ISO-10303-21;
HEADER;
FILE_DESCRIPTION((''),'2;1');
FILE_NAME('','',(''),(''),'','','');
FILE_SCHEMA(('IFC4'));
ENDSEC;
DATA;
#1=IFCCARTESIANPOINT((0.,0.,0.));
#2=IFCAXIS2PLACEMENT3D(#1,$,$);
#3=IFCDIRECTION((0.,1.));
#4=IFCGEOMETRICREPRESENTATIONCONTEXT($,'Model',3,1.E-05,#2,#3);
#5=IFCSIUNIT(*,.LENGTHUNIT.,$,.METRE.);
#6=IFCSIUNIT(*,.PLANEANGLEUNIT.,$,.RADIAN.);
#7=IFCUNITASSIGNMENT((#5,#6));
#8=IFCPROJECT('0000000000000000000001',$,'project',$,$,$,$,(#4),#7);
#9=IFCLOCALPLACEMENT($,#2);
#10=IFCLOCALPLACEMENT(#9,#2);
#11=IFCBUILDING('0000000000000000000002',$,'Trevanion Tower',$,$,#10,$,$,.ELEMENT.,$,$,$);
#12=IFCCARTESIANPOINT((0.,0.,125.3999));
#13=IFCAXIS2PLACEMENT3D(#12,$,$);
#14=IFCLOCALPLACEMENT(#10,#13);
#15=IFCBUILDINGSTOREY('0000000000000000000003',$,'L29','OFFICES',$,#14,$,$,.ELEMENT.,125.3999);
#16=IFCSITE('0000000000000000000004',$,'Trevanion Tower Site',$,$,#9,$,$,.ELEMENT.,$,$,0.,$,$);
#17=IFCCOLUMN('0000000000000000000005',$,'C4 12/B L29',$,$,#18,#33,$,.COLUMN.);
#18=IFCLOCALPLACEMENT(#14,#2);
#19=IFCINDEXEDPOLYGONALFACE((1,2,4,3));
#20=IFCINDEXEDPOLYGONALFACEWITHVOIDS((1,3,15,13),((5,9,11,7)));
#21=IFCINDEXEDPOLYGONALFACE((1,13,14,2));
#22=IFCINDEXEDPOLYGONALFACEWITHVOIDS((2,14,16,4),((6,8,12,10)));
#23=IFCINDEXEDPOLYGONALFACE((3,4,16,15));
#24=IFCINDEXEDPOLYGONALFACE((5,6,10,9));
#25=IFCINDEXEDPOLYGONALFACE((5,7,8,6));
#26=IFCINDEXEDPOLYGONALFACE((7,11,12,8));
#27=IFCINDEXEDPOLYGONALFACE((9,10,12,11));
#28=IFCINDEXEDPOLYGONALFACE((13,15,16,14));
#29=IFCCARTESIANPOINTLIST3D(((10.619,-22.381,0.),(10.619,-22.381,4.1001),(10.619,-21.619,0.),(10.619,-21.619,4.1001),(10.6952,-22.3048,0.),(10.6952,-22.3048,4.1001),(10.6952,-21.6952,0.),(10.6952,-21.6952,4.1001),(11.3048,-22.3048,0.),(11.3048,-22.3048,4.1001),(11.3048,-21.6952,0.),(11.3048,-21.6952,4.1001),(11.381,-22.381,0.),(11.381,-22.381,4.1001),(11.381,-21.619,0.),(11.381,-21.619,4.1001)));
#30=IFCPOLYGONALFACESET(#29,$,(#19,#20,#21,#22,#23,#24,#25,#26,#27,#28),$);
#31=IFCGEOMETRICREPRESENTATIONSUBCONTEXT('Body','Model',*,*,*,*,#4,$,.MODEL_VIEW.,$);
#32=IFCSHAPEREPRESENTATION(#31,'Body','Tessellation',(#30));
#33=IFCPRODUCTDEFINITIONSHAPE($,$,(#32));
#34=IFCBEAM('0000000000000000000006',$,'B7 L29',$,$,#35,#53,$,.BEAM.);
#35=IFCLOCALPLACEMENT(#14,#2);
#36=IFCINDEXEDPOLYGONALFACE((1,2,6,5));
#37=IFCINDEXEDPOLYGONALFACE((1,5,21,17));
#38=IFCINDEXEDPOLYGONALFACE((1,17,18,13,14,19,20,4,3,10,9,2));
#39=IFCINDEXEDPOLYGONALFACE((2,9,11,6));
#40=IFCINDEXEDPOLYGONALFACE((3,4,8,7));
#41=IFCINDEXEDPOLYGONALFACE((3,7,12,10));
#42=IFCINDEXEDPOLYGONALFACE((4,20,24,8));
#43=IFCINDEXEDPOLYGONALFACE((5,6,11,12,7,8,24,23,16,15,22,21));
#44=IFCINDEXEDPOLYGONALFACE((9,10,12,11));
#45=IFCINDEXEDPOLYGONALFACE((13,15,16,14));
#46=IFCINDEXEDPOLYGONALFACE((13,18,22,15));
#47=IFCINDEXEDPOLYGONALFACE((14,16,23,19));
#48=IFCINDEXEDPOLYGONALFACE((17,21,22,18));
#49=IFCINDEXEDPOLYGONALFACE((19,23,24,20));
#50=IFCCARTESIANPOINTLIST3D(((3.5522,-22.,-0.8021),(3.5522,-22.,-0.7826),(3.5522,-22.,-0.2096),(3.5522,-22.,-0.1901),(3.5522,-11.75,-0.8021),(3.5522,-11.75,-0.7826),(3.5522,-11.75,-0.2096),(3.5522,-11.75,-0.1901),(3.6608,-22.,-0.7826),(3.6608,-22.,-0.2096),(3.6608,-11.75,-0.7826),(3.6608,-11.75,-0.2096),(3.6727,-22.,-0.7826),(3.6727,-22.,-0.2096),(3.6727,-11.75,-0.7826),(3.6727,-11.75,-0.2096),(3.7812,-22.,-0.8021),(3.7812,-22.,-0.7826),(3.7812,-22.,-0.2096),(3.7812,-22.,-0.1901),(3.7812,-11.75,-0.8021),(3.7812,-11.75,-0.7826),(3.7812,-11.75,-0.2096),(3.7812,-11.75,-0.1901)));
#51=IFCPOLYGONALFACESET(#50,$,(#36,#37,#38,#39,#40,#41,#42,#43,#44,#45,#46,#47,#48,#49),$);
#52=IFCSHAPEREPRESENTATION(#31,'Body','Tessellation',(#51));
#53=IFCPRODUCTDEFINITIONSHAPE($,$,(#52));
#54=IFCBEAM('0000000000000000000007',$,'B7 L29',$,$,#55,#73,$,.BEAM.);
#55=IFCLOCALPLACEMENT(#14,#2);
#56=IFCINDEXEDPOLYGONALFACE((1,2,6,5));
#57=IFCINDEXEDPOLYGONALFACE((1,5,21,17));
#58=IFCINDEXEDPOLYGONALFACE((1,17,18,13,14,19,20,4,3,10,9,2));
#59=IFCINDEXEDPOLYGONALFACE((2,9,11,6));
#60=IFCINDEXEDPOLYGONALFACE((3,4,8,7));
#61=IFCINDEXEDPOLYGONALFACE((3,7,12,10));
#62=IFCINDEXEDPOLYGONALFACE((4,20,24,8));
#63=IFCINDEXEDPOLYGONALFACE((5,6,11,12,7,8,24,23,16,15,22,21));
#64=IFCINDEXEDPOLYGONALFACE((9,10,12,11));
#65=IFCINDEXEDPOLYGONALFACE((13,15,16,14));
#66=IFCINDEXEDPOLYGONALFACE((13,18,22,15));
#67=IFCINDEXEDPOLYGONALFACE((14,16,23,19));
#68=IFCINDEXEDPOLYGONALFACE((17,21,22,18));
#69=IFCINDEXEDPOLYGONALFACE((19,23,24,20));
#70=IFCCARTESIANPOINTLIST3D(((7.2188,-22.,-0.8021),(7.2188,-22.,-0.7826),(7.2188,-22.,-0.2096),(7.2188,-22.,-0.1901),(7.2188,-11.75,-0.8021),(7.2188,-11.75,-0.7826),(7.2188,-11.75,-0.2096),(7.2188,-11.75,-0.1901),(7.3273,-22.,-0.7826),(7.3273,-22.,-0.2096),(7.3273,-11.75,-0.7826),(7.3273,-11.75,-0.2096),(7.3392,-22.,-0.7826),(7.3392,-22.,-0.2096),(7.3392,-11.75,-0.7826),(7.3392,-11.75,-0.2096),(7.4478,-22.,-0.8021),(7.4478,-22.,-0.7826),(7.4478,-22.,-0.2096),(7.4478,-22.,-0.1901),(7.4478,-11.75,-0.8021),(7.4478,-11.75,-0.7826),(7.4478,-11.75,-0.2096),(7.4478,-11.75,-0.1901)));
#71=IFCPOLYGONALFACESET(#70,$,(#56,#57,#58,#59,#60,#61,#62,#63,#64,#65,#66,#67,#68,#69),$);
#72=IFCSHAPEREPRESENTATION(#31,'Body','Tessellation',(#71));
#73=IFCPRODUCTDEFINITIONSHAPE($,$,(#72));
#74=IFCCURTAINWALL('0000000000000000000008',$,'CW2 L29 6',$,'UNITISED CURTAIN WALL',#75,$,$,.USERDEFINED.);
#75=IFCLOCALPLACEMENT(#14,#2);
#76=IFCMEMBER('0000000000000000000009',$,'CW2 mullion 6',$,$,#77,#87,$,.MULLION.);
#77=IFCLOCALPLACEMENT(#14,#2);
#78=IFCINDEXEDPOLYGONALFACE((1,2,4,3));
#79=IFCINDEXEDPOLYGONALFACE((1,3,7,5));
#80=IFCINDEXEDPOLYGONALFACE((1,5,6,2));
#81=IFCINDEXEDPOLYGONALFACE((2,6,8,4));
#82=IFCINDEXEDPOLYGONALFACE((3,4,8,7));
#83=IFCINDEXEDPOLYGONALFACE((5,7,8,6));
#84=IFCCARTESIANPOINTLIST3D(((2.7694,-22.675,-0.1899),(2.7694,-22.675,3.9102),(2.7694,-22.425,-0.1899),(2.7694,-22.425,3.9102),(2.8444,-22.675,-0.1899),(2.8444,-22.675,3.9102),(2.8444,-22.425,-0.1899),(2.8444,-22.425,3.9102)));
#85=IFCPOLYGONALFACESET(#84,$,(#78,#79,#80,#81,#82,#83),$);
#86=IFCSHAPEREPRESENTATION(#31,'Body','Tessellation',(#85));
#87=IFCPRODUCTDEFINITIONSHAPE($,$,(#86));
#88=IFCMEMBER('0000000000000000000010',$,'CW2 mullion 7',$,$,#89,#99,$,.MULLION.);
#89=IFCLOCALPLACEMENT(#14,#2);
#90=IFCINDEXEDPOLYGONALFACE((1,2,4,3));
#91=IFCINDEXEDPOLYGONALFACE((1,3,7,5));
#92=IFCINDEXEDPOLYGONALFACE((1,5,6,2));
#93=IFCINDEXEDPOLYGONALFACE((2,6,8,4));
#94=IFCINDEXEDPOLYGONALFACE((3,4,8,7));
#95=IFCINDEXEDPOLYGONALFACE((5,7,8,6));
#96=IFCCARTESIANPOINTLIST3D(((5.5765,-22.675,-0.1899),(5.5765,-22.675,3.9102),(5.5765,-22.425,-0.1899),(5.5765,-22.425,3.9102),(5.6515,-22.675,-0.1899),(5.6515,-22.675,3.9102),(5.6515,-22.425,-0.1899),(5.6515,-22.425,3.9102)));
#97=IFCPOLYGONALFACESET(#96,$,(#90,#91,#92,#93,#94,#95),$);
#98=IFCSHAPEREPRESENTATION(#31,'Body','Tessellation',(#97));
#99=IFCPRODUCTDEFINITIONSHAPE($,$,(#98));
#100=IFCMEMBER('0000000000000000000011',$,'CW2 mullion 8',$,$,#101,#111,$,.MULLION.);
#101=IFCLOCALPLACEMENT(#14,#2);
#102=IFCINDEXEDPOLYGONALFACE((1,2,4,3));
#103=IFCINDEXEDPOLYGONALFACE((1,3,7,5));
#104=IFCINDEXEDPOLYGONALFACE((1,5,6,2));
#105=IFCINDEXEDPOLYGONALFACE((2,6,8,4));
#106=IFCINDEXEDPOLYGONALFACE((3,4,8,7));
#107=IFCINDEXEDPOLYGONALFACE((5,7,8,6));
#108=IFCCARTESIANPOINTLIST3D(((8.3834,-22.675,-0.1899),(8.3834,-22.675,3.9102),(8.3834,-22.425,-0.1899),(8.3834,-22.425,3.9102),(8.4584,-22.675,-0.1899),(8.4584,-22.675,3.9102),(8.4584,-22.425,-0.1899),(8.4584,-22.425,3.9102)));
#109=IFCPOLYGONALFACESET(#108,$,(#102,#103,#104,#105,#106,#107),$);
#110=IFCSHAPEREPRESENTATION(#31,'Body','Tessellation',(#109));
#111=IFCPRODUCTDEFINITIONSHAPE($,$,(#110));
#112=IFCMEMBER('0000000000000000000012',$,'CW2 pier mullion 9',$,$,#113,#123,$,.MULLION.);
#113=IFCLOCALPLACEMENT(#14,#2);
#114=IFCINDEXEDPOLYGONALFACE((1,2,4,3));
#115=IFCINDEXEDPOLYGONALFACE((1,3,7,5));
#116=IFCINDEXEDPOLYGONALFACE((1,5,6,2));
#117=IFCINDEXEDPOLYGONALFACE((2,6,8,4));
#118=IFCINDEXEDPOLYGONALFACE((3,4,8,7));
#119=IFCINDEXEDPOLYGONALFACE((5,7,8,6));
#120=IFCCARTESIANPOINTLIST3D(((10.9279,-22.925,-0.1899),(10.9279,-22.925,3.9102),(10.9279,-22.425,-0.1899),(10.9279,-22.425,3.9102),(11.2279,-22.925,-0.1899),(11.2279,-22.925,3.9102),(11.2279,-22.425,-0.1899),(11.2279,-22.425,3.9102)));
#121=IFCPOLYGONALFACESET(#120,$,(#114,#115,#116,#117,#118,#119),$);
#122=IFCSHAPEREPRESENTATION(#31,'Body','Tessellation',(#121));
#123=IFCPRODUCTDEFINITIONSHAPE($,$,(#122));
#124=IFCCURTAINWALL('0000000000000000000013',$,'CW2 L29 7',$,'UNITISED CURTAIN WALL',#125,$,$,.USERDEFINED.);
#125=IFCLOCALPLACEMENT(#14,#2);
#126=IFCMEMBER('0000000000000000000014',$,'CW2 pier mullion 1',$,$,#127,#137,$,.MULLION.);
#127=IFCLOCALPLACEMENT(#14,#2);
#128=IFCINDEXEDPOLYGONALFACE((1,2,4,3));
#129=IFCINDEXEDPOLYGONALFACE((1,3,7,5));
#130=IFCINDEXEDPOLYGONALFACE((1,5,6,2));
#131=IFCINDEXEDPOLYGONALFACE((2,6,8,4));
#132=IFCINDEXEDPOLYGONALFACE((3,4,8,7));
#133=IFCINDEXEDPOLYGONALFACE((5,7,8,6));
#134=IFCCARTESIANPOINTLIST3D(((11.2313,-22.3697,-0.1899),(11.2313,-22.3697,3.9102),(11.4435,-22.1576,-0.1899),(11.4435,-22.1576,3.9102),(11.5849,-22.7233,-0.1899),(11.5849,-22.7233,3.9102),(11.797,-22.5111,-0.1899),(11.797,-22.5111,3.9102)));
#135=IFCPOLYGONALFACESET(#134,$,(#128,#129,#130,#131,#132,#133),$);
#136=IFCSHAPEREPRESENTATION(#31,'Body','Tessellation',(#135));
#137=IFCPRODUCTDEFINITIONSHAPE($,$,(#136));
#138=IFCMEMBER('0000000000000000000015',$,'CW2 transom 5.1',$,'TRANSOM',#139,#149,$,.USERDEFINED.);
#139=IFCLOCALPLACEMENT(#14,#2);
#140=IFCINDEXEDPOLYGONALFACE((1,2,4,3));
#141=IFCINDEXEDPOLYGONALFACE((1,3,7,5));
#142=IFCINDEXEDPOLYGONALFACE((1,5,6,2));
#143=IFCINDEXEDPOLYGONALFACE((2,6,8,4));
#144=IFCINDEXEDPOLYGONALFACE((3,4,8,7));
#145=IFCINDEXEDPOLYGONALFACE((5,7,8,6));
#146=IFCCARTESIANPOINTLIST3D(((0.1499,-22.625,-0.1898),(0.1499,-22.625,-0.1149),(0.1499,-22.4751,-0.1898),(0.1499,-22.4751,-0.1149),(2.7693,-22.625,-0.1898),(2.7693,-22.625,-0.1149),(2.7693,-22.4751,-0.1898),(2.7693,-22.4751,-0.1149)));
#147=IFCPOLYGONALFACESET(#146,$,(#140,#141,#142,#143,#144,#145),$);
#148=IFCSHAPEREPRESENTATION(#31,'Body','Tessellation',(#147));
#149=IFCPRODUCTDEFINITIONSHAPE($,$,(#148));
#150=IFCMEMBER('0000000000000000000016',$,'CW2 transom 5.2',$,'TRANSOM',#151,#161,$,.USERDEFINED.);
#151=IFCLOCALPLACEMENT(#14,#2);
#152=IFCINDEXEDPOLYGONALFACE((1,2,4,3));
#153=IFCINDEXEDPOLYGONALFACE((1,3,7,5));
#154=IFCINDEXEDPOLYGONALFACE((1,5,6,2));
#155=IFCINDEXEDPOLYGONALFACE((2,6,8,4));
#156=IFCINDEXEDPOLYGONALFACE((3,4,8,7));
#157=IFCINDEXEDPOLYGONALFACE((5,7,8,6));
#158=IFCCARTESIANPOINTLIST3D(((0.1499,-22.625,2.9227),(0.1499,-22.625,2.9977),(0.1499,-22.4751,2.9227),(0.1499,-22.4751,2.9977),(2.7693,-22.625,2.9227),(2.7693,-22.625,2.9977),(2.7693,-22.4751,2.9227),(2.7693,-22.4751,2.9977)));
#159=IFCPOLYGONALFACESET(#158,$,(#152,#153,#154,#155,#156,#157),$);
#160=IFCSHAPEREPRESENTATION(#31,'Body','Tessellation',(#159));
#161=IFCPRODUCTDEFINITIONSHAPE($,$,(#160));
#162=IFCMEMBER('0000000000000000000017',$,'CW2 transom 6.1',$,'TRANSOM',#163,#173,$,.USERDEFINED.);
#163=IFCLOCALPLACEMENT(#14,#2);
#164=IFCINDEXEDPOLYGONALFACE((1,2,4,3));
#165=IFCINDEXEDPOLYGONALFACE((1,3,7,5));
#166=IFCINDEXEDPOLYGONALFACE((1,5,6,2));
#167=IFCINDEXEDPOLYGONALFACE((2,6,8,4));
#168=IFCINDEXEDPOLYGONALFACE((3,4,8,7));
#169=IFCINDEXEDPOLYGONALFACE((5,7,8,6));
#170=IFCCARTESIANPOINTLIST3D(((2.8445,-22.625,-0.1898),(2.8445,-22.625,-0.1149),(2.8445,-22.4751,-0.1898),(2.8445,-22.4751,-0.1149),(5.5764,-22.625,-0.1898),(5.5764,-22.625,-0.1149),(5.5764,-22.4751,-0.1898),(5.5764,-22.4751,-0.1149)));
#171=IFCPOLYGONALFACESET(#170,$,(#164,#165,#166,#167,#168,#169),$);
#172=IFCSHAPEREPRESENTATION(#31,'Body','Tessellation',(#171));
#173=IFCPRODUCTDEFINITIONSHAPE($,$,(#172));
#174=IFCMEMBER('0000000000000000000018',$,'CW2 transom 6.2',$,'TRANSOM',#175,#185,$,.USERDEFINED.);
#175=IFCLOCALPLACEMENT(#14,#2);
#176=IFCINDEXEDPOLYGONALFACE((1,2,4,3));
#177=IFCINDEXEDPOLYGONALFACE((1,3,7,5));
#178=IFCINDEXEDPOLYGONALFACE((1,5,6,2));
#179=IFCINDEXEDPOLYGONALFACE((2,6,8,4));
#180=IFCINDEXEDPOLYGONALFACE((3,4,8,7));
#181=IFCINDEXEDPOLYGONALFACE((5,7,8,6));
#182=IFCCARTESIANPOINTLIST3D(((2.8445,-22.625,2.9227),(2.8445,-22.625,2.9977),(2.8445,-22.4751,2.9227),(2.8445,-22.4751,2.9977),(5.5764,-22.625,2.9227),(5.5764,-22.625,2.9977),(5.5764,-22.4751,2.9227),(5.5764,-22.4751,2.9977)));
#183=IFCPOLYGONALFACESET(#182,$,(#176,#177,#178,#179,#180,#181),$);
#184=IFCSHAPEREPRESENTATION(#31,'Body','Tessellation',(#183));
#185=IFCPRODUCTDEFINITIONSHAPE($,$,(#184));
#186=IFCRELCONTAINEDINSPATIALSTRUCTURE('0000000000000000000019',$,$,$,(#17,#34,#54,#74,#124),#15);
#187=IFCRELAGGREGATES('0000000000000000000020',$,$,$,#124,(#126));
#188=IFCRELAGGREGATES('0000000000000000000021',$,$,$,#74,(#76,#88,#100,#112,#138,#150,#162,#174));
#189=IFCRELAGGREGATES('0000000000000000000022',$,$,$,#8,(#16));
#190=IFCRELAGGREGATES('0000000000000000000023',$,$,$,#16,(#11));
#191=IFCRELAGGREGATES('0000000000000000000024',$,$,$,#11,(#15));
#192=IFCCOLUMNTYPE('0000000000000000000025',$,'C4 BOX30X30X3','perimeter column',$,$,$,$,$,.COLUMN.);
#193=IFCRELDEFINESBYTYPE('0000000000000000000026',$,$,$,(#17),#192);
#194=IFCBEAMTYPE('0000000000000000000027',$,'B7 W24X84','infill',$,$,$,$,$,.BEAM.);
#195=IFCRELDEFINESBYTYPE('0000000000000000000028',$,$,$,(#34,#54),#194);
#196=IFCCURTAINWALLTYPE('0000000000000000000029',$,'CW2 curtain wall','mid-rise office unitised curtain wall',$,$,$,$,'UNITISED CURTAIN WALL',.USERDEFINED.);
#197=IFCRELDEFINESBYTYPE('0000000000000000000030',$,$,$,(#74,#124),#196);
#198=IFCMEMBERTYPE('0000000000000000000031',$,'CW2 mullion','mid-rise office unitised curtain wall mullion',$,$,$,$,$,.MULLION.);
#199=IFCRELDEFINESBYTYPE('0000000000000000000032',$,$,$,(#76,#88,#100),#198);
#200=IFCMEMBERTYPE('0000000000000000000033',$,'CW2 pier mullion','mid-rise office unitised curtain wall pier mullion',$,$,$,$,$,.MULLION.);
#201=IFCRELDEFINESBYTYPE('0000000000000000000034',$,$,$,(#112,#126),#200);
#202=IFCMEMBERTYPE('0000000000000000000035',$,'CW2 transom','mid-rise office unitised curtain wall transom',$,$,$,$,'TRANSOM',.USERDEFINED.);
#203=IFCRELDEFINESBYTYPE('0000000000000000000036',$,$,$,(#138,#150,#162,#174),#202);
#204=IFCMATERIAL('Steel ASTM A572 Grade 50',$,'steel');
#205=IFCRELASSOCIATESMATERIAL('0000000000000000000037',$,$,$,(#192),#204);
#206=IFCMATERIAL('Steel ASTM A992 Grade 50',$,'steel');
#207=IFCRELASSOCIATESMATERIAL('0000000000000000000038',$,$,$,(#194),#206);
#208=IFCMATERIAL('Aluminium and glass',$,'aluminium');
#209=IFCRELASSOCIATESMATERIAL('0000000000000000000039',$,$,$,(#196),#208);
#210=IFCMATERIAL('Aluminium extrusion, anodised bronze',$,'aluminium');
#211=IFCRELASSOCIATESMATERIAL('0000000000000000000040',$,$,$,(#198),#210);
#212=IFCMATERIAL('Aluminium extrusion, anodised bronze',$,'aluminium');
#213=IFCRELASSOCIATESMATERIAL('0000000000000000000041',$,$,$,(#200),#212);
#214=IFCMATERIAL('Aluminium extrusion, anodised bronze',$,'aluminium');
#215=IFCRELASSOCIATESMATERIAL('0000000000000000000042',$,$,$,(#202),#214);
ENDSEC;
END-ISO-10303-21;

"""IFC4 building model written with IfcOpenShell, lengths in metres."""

from ifc_helpers import new_model, si_unit, direction, frame, origin, origin_2d, place, context, subcontext, project, spatial, rectangle, hollow_rectangle, i_section, extrude, material, material_profile, profile_set, type_object, element, aggregate, save


model = new_model("IFC4")

# Units and contexts
model_context = context("Model", 3, precision=1e-05, world=origin(), true_north=direction((0.0, 1.0)))
body_context = subcontext(model_context, "Body", "Model", "MODEL_VIEW")
ifc_project = project(units=[si_unit("LENGTHUNIT", "METRE"), si_unit("PLANEANGLEUNIT", "RADIAN")], contexts=[model_context])

# Site, building, storey
site_placement = place(None, origin())
site = spatial("IfcSite", under=ifc_project, at=site_placement, Name="Trevanion Tower Site", CompositionType="ELEMENT", RefElevation=0.0)
building_placement = place(site_placement, origin())
building = spatial("IfcBuilding", under=site, at=building_placement, Name="Trevanion Tower", CompositionType="ELEMENT")
storey_placement = place(building_placement, frame((0.0, 0.0, 125.3999)))
storey = spatial("IfcBuildingStorey", under=building, at=storey_placement, Name="L29", Description="OFFICES", CompositionType="ELEMENT", Elevation=125.3999)

# Column
ifc_material_1 = material(Name="Steel ASTM A572 Grade 50", Category="steel")
ifc_material_profile_1 = material_profile(ifc_material_1, hollow_rectangle(XDim=0.762, YDim=0.762, WallThickness=0.0762, at=origin_2d()), Name="BOX30X30X3")
ifc_profile_set_1 = profile_set([ifc_material_profile_1], Name="Steel ASTM A572 Grade 50")
column_type = type_object("IfcColumnType", Name="C4 BOX30X30X3", Description="perimeter column", PredefinedType="COLUMN", material=ifc_profile_set_1)
column_placement = place(storey_placement, frame((11.0, -22.0, 0.0), z_axis=(0.0, 0.0, 1.0), x_axis=(1.0, 0.0, 0.0)))
element("IfcColumn", 1, at=column_placement, inside=storey, type_object=column_type, Name="C4 12/B L29", PredefinedType="COLUMN", context=body_context, shape_type="SweptSolid", body=[
    extrude(hollow_rectangle(XDim=0.762, YDim=0.762, WallThickness=0.0762, at=origin_2d()), origin(), (0.0, 0.0, 1.0), 4.1001),
])

# Beams
ifc_material_2 = material(Name="Steel ASTM A992 Grade 50", Category="steel")
ifc_material_profile_2 = material_profile(ifc_material_2, i_section(OverallWidth=0.229, OverallDepth=0.6121, WebThickness=0.012, FlangeThickness=0.0195, at=origin_2d()), Name="W24X84")
ifc_profile_set_2 = profile_set([ifc_material_profile_2], Name="Steel ASTM A992 Grade 50")
beam_type_1 = type_object("IfcBeamType", Name="B7 W24X84", Description="infill", PredefinedType="BEAM", material=ifc_profile_set_2)
for number, where, z_axis, x_axis, name in (
    (2, (3.6667, -11.75, -0.4961), (0.0, -1.0, 0.0), (1.0, 0.0, 0.0), "B7 L29"),
    (3, (7.3333, -11.75, -0.4961), (0.0, -1.0, 0.0), (1.0, 0.0, 0.0), "B7 L29"),
):
    element("IfcBeam", number, at=place(storey_placement, frame(where, z_axis=z_axis, x_axis=x_axis)), inside=storey, type_object=beam_type_1, Name=name, PredefinedType="BEAM", context=body_context, shape_type="SweptSolid", body=[
        extrude(i_section(OverallWidth=0.229, OverallDepth=0.6121, WebThickness=0.012, FlangeThickness=0.0195, at=origin_2d()), origin(), (0.0, 0.0, 1.0), 10.25),
    ])

# Curtain wall, members
ifc_material_3 = material(Name="Aluminium and glass", Category="aluminium")
curtain_wall_type = type_object("IfcCurtainWallType", Name="CW2 curtain wall", Description="mid-rise office unitised curtain wall", ElementType="UNITISED CURTAIN WALL", PredefinedType="USERDEFINED", material=ifc_material_3)
curtain_wall_1_placement = place(storey_placement, origin())
curtain_wall_1 = element("IfcCurtainWall", 4, at=curtain_wall_1_placement, inside=storey, type_object=curtain_wall_type, Name="CW2 L29 6", ObjectType="UNITISED CURTAIN WALL", PredefinedType="USERDEFINED")
ifc_material_4 = material(Name="Aluminium extrusion, anodised bronze", Category="aluminium")
ifc_material_profile_3 = material_profile(ifc_material_4, rectangle(XDim=0.075, YDim=0.25, at=origin_2d()), Name="CW2 mullion")
ifc_profile_set_3 = profile_set([ifc_material_profile_3], Name="Aluminium extrusion, anodised bronze")
member_type_1 = type_object("IfcMemberType", Name="CW2 mullion", Description="mid-rise office unitised curtain wall mullion", PredefinedType="MULLION", material=ifc_profile_set_3)
member_1_placement = place(storey_placement, frame((2.8069, -22.55, -0.1899), z_axis=(0.0, 0.0, 1.0), x_axis=(1.0, 0.0, 0.0)))
member_1 = element("IfcMember", 5, at=member_1_placement, type_object=member_type_1, Name="CW2 mullion 6", PredefinedType="MULLION", context=body_context, shape_type="SweptSolid", body=[
    extrude(rectangle(XDim=0.075, YDim=0.25, at=origin_2d()), origin(), (0.0, 0.0, 1.0), 4.1001),
])
member_2_placement = place(storey_placement, frame((5.614, -22.55, -0.1899), z_axis=(0.0, 0.0, 1.0), x_axis=(1.0, 0.0, 0.0)))
member_2 = element("IfcMember", 6, at=member_2_placement, type_object=member_type_1, Name="CW2 mullion 7", PredefinedType="MULLION", context=body_context, shape_type="SweptSolid", body=[
    extrude(rectangle(XDim=0.075, YDim=0.25, at=origin_2d()), origin(), (0.0, 0.0, 1.0), 4.1001),
])
member_3_placement = place(storey_placement, frame((8.4209, -22.55, -0.1899), z_axis=(0.0, 0.0, 1.0), x_axis=(1.0, 0.0, 0.0)))
member_3 = element("IfcMember", 7, at=member_3_placement, type_object=member_type_1, Name="CW2 mullion 8", PredefinedType="MULLION", context=body_context, shape_type="SweptSolid", body=[
    extrude(rectangle(XDim=0.075, YDim=0.25, at=origin_2d()), origin(), (0.0, 0.0, 1.0), 4.1001),
])
ifc_material_5 = material(Name="Aluminium extrusion, anodised bronze", Category="aluminium")
ifc_material_profile_4 = material_profile(ifc_material_5, rectangle(XDim=0.3, YDim=0.5, at=origin_2d()), Name="CW2 pier mullion")
ifc_profile_set_4 = profile_set([ifc_material_profile_4], Name="Aluminium extrusion, anodised bronze")
member_type_2 = type_object("IfcMemberType", Name="CW2 pier mullion", Description="mid-rise office unitised curtain wall pier mullion", PredefinedType="MULLION", material=ifc_profile_set_4)
member_4_placement = place(storey_placement, frame((11.0779, -22.675, -0.1899), z_axis=(0.0, 0.0, 1.0), x_axis=(1.0, 0.0, 0.0)))
member_4 = element("IfcMember", 8, at=member_4_placement, type_object=member_type_2, Name="CW2 pier mullion 9", PredefinedType="MULLION", context=body_context, shape_type="SweptSolid", body=[
    extrude(rectangle(XDim=0.3, YDim=0.5, at=origin_2d()), origin(), (0.0, 0.0, 1.0), 4.1001),
])

# Curtain wall, member
curtain_wall_2_placement = place(storey_placement, origin())
curtain_wall_2 = element("IfcCurtainWall", 9, at=curtain_wall_2_placement, inside=storey, type_object=curtain_wall_type, Name="CW2 L29 7", ObjectType="UNITISED CURTAIN WALL", PredefinedType="USERDEFINED")
member_5_placement = place(storey_placement, frame((11.5142, -22.4404, -0.1899), z_axis=(0.0, 0.0, 1.0), x_axis=(0.707107, 0.707107, 0.0)))
member_5 = element("IfcMember", 10, at=member_5_placement, type_object=member_type_2, Name="CW2 pier mullion 1", PredefinedType="MULLION", context=body_context, shape_type="SweptSolid", body=[
    extrude(rectangle(XDim=0.3, YDim=0.5, at=origin_2d()), origin(), (0.0, 0.0, 1.0), 4.1001),
])

# Members
ifc_material_6 = material(Name="Aluminium extrusion, anodised bronze", Category="aluminium")
ifc_material_profile_5 = material_profile(ifc_material_6, rectangle(XDim=0.1499, YDim=0.075, at=origin_2d()), Name="CW2 transom")
ifc_profile_set_5 = profile_set([ifc_material_profile_5], Name="Aluminium extrusion, anodised bronze")
member_type_3 = type_object("IfcMemberType", Name="CW2 transom", Description="mid-rise office unitised curtain wall transom", ElementType="TRANSOM", PredefinedType="USERDEFINED", material=ifc_profile_set_5)
member_6_placement = place(storey_placement, frame((0.1499, -22.55, -0.1523), z_axis=(1.0, 0.0, 0.0), x_axis=(0.0, 1.0, 0.0)))
member_6 = element("IfcMember", 11, at=member_6_placement, type_object=member_type_3, Name="CW2 transom 5.1", ObjectType="TRANSOM", PredefinedType="USERDEFINED", context=body_context, shape_type="SweptSolid", body=[
    extrude(rectangle(XDim=0.1499, YDim=0.075, at=origin_2d()), origin(), (0.0, 0.0, 1.0), 2.6194),
])
member_7_placement = place(storey_placement, frame((0.1499, -22.55, 2.9602), z_axis=(1.0, 0.0, 0.0), x_axis=(0.0, 1.0, 0.0)))
member_7 = element("IfcMember", 12, at=member_7_placement, type_object=member_type_3, Name="CW2 transom 5.2", ObjectType="TRANSOM", PredefinedType="USERDEFINED", context=body_context, shape_type="SweptSolid", body=[
    extrude(rectangle(XDim=0.1499, YDim=0.075, at=origin_2d()), origin(), (0.0, 0.0, 1.0), 2.6194),
])
member_8_placement = place(storey_placement, frame((2.8445, -22.55, -0.1523), z_axis=(1.0, 0.0, 0.0), x_axis=(0.0, 1.0, 0.0)))
member_8 = element("IfcMember", 13, at=member_8_placement, type_object=member_type_3, Name="CW2 transom 6.1", ObjectType="TRANSOM", PredefinedType="USERDEFINED", context=body_context, shape_type="SweptSolid", body=[
    extrude(rectangle(XDim=0.1499, YDim=0.075, at=origin_2d()), origin(), (0.0, 0.0, 1.0), 2.7319),
])
member_9_placement = place(storey_placement, frame((2.8445, -22.55, 2.9602), z_axis=(1.0, 0.0, 0.0), x_axis=(0.0, 1.0, 0.0)))
member_9 = element("IfcMember", 14, at=member_9_placement, type_object=member_type_3, Name="CW2 transom 6.2", ObjectType="TRANSOM", PredefinedType="USERDEFINED", context=body_context, shape_type="SweptSolid", body=[
    extrude(rectangle(XDim=0.1499, YDim=0.075, at=origin_2d()), origin(), (0.0, 0.0, 1.0), 2.7319),
])
aggregate(curtain_wall_2, [member_5])

aggregate(curtain_wall_1, [member_1, member_2, member_3, member_4, member_6, member_7, member_8, member_9])

save(model, "model.ifc")
